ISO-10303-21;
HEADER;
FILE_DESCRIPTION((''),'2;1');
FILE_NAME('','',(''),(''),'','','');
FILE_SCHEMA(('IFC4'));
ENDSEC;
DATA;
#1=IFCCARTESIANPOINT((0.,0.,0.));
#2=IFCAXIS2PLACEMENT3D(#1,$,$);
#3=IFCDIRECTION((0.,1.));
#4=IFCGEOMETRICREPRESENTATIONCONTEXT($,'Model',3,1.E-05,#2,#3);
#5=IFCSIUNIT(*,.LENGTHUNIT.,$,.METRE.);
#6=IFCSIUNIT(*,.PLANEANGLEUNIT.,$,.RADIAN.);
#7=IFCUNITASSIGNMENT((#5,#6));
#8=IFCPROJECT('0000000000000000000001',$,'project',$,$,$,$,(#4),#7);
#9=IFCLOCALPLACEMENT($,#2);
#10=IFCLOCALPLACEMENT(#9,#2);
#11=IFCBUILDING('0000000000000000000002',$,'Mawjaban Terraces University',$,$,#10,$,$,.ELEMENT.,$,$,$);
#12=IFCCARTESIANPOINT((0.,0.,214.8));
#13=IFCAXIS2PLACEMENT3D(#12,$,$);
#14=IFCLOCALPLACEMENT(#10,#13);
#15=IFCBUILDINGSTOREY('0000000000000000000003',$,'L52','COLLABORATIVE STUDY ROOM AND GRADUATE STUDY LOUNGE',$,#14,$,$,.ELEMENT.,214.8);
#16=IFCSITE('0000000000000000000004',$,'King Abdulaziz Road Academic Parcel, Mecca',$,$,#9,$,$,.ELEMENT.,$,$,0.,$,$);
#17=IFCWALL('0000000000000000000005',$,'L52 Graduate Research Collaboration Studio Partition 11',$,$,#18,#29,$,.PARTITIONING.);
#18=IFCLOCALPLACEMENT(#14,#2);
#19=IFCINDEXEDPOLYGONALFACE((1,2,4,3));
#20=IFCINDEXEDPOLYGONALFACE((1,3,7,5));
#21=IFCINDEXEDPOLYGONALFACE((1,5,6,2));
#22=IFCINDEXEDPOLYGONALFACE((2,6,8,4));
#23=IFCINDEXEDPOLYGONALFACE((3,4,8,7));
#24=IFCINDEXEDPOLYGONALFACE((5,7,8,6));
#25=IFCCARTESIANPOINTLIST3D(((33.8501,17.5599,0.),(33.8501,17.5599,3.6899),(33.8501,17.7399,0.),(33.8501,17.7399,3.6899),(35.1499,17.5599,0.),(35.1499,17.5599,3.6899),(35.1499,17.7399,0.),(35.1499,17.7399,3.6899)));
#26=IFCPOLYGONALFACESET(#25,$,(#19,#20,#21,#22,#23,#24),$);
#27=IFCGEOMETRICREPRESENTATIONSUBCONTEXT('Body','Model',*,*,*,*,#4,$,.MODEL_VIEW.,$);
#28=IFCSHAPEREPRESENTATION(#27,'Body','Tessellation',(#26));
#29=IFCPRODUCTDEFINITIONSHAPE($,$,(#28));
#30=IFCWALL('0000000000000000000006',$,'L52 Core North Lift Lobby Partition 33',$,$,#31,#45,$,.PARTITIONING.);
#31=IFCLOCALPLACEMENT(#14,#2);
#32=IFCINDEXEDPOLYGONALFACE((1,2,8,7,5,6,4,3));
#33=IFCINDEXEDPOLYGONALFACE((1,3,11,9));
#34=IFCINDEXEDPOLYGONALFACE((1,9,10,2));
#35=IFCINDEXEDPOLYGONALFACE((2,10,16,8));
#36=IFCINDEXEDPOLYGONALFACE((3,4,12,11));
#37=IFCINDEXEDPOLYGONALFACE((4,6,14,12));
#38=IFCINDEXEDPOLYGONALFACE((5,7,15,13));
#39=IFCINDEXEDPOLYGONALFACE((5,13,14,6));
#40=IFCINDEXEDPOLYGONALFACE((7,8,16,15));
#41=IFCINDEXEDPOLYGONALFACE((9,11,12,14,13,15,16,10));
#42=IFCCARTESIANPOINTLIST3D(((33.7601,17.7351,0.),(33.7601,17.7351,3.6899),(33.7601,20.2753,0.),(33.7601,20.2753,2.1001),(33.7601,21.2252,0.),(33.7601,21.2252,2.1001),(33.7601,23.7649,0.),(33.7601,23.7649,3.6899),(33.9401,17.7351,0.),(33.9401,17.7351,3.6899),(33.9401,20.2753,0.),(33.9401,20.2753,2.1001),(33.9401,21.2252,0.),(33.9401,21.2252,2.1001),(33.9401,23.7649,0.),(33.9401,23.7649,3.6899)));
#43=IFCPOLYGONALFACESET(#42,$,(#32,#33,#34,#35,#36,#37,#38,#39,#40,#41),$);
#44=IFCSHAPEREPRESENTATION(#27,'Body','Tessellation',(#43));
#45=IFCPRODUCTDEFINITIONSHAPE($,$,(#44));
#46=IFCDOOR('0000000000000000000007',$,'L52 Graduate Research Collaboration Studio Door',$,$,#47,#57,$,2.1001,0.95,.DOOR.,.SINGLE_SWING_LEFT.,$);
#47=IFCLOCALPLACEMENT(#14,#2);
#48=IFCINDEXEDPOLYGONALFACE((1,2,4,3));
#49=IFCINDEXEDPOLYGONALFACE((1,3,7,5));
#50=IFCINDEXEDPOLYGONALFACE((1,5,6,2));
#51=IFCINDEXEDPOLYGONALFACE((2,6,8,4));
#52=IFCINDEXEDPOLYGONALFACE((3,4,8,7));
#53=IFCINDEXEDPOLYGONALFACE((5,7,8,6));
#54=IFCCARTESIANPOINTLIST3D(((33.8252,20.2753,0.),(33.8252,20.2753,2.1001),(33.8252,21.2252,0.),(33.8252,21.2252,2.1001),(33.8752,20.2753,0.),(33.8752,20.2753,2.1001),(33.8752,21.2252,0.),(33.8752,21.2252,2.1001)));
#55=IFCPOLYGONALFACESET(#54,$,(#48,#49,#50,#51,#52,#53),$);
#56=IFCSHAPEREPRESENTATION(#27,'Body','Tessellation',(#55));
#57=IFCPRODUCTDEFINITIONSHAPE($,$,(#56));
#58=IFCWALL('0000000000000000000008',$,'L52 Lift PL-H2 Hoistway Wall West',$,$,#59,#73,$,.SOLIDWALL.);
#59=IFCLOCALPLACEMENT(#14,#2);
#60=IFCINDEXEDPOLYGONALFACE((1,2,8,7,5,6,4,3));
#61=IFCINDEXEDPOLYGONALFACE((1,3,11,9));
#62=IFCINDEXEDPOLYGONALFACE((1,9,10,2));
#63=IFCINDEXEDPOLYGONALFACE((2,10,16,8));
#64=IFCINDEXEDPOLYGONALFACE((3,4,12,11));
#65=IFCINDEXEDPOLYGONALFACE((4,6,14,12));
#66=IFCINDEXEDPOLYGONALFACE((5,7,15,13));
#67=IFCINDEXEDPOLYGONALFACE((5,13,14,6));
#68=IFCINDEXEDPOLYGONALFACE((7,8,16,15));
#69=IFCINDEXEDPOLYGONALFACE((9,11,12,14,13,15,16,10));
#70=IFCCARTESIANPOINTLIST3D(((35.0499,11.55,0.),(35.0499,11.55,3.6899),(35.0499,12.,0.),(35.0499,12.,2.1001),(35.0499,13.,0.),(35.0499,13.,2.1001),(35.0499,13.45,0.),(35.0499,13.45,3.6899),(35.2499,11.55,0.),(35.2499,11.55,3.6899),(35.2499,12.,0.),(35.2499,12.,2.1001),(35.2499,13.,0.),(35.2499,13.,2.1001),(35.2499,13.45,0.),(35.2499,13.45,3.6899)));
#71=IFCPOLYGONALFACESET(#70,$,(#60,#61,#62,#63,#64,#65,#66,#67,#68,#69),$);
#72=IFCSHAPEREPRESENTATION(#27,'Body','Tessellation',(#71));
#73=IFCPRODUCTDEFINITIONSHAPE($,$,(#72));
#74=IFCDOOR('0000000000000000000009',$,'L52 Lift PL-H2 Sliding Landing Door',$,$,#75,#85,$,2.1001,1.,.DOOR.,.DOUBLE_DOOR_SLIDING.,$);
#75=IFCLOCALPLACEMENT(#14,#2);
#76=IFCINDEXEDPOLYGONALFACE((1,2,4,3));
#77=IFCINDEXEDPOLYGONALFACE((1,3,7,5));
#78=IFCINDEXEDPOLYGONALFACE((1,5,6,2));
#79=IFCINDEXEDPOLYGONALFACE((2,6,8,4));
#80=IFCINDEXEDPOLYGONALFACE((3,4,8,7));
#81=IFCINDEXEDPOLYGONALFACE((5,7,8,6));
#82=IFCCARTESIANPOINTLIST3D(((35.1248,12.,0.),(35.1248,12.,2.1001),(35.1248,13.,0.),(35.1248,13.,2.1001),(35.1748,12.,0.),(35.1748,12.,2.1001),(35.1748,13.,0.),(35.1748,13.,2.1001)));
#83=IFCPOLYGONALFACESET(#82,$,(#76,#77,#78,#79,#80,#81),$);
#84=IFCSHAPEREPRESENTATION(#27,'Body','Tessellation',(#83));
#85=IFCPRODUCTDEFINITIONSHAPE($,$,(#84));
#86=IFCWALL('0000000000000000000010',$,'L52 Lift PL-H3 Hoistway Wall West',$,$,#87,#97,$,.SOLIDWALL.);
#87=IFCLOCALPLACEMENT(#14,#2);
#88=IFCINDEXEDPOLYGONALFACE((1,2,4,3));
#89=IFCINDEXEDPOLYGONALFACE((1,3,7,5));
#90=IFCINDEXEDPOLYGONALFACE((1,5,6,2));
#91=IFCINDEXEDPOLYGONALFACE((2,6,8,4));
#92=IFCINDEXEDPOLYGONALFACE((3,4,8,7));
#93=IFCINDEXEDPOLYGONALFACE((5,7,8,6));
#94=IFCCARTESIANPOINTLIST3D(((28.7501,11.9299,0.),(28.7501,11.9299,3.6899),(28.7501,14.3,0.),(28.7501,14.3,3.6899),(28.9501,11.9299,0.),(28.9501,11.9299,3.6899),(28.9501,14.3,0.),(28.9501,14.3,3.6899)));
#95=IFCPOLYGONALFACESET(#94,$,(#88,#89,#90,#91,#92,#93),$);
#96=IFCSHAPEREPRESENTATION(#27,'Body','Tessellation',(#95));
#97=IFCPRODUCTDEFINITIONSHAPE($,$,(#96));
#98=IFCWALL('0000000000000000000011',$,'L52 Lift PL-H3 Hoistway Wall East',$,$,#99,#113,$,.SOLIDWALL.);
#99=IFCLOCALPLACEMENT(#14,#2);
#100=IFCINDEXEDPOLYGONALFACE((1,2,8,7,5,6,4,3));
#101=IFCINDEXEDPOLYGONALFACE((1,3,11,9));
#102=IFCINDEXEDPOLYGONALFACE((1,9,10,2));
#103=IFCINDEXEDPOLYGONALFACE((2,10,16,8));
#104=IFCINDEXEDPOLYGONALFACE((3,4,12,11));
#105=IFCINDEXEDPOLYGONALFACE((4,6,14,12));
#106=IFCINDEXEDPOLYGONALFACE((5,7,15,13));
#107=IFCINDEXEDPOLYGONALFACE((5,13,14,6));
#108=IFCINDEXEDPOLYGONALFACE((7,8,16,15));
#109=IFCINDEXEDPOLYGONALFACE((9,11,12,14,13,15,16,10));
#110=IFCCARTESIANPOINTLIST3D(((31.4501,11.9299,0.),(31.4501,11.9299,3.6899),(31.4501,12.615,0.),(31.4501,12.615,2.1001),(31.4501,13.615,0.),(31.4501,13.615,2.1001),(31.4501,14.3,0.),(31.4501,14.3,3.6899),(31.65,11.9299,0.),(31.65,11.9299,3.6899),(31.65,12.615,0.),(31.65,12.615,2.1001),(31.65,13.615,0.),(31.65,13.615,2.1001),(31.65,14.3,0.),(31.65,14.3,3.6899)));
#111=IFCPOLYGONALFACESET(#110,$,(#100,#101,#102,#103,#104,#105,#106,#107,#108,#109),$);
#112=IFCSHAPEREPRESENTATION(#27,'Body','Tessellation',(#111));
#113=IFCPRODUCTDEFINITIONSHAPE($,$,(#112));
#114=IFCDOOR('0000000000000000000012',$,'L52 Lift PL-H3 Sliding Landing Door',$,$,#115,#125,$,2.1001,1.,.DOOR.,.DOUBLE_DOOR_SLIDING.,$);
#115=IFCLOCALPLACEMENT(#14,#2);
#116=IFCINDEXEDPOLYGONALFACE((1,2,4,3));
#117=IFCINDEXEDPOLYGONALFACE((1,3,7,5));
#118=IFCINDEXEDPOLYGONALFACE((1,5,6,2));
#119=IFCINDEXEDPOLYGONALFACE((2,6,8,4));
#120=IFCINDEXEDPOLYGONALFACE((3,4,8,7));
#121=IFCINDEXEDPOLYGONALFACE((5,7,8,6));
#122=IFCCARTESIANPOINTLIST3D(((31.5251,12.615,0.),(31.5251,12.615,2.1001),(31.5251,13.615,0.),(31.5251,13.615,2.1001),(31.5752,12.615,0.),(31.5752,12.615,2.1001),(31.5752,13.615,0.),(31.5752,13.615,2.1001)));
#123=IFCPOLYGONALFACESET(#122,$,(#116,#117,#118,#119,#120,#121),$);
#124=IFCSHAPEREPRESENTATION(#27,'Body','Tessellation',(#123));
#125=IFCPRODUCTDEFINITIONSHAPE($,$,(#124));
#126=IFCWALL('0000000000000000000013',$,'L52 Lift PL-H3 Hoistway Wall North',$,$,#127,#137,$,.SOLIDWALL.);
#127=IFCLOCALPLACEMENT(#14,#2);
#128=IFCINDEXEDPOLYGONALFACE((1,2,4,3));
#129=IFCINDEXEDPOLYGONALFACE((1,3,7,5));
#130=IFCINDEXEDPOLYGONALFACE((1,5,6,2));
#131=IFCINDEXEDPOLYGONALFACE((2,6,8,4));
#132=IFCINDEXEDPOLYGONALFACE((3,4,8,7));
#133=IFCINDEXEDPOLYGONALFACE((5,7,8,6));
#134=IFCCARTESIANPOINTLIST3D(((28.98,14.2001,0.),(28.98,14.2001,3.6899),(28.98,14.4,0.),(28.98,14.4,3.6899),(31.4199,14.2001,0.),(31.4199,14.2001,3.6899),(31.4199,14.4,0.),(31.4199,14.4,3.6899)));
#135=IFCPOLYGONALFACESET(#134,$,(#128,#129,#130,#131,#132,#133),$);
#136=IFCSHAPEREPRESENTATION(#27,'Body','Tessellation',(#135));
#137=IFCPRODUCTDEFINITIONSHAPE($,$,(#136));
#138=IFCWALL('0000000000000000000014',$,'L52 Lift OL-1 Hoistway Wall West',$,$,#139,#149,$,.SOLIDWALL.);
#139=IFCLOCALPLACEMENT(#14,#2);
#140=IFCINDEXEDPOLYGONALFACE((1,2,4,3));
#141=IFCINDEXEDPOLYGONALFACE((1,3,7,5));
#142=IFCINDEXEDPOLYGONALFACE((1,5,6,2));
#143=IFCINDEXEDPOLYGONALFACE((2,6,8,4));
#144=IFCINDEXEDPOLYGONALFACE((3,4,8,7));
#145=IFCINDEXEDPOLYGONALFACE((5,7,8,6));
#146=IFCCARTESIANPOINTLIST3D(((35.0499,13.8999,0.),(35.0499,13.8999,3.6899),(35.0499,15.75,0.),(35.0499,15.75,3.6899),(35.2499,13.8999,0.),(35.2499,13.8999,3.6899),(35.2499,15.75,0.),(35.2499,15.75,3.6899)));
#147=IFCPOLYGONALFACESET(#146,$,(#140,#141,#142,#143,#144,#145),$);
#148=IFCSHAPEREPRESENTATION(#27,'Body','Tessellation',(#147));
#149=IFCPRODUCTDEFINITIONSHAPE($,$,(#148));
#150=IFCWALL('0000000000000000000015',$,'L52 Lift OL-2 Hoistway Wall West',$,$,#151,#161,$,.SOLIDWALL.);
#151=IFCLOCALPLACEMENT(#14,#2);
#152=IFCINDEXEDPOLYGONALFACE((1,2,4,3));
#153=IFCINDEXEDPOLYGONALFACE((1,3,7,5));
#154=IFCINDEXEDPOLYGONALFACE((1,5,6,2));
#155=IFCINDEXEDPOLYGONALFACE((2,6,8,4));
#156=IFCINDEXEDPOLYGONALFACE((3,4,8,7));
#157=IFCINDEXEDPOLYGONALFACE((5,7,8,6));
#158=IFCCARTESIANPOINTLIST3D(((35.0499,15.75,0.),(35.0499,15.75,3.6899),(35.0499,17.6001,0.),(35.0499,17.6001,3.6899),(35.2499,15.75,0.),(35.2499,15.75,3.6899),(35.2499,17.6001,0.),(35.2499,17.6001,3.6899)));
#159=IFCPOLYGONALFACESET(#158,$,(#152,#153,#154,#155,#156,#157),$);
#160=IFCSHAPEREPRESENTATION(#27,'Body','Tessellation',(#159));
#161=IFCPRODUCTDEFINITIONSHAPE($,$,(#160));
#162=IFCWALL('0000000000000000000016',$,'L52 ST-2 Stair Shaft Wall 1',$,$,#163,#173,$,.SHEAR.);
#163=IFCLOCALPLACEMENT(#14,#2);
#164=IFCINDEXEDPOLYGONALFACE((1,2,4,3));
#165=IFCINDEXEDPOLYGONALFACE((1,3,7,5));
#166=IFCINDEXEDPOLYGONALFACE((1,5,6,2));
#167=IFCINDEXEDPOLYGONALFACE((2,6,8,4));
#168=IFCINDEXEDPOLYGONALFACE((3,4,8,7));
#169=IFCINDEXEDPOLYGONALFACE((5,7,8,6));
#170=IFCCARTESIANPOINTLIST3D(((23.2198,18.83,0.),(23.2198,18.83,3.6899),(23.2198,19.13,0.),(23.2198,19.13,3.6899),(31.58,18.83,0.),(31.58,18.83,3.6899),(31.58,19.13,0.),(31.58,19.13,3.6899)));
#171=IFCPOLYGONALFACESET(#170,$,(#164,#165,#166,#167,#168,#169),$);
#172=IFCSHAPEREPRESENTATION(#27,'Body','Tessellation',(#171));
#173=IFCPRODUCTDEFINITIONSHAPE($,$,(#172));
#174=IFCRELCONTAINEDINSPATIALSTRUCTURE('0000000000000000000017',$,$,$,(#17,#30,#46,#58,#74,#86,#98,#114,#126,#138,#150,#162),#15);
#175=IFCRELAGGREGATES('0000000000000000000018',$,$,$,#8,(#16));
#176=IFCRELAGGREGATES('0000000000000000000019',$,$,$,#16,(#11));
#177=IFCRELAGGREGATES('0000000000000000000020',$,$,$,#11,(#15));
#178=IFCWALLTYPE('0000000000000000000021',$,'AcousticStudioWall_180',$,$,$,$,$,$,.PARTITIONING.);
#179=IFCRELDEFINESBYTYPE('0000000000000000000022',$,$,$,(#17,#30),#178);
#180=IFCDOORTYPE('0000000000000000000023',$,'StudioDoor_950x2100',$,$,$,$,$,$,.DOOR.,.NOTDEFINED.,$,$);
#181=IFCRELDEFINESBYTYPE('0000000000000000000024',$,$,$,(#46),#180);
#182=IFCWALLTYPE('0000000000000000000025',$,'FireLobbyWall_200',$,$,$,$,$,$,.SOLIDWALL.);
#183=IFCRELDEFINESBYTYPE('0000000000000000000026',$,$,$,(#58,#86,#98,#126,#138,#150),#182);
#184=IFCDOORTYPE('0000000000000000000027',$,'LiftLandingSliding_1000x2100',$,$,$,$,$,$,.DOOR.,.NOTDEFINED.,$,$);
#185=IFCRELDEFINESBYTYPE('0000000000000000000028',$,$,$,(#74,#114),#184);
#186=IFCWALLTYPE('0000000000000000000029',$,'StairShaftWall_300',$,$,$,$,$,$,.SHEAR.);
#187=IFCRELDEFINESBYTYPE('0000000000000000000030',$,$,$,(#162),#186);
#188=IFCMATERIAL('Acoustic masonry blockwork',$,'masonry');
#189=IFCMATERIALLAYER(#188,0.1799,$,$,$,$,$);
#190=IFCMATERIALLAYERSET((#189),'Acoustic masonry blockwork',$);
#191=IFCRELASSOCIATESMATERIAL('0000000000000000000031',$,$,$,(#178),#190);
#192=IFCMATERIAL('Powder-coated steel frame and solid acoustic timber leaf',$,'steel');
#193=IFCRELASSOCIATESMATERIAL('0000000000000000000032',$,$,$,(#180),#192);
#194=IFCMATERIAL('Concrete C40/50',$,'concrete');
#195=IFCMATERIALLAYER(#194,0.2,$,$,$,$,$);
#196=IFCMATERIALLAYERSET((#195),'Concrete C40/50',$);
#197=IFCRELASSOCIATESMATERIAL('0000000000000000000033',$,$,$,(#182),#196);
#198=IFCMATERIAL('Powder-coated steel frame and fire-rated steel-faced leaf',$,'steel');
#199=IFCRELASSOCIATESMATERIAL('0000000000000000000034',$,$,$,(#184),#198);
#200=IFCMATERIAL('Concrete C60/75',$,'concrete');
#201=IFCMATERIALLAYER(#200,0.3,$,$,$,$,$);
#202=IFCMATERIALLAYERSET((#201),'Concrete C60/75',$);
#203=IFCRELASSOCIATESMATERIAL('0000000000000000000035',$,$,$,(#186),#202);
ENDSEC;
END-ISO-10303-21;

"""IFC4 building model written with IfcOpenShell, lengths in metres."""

from ifc_helpers import new_model, si_unit, direction, frame, frame_2d, origin, place, context, subcontext, project, spatial, rectangle, extrude, material, layer, layer_set, type_object, element, fill, save


model = new_model("IFC4")

# Units and contexts
model_context = context("Model", 3, precision=1e-05, world=origin(), true_north=direction((0.0, 1.0)))
body_context = subcontext(model_context, "Body", "Model", "MODEL_VIEW")
ifc_project = project(units=[si_unit("LENGTHUNIT", "METRE"), si_unit("PLANEANGLEUNIT", "RADIAN")], contexts=[model_context])

# Site, building, storey
site_placement = place(None, origin())
site = spatial("IfcSite", under=ifc_project, at=site_placement, Name="King Abdulaziz Road Academic Parcel, Mecca", CompositionType="ELEMENT", RefElevation=0.0)
building_placement = place(site_placement, origin())
building = spatial("IfcBuilding", under=site, at=building_placement, Name="Mawjaban Terraces University", CompositionType="ELEMENT")
storey_placement = place(building_placement, frame((0.0, 0.0, 214.8)))
storey = spatial("IfcBuildingStorey", under=building, at=storey_placement, Name="L52", Description="COLLABORATIVE STUDY ROOM AND GRADUATE STUDY LOUNGE", CompositionType="ELEMENT", Elevation=214.8)

# Wall
ifc_material_1 = material(Name="Acoustic masonry blockwork", Category="masonry")
ifc_layer_1 = layer(ifc_material_1, 0.1799)
ifc_layer_set_1 = layer_set([ifc_layer_1], Name="Acoustic masonry blockwork")
wall_type_1 = type_object("IfcWallType", Name="AcousticStudioWall_180", PredefinedType="PARTITIONING", material=ifc_layer_set_1)
wall_1_placement = place(storey_placement, frame((33.8501, 17.6499, 0.0), z_axis=(0.0, 0.0, 1.0), x_axis=(1.0, 0.0, 0.0)))
element("IfcWall", 1, at=wall_1_placement, inside=storey, type_object=wall_type_1, Name="L52 Graduate Research Collaboration Studio Partition 11", PredefinedType="PARTITIONING", context=body_context, shape_type="SweptSolid", body=[
    extrude(rectangle(XDim=1.2998, YDim=0.1799, at=frame_2d((0.6499, 0.0))), origin(), (0.0, 0.0, 1.0), 3.6899),
])

# Walls, openings, doors
wall_2_placement = place(storey_placement, frame((33.8501, 17.7351, 0.0), z_axis=(0.0, 0.0, 1.0), x_axis=(0.0, 1.0, 0.0)))
wall_2 = element("IfcWall", 2, at=wall_2_placement, inside=storey, type_object=wall_type_1, Name="L52 Core North Lift Lobby Partition 33", PredefinedType="PARTITIONING", context=body_context, shape_type="SweptSolid", body=[
    extrude(rectangle(XDim=6.0298, YDim=0.1799, at=frame_2d((3.0149, 0.0))), origin(), (0.0, 0.0, 1.0), 3.6899),
])
opening_1_placement = place(wall_2_placement, frame((2.54, 0.0, 0.0)))
opening_1 = element("IfcOpeningElement", 3, at=opening_1_placement, cuts=wall_2, PredefinedType="OPENING", context=body_context, shape_type="SweptSolid", body=[
    extrude(rectangle(XDim=0.95, YDim=2.1001, at=frame_2d((0.4751, 1.05))), frame((0.0, 0.0999, 0.0), z_axis=(0.0, -1.0, 0.0), x_axis=(1.0, 0.0, 0.0)), (0.0, 0.0, 1.0), 0.2),
])
ifc_material_2 = material(Name="Powder-coated steel frame and solid acoustic timber leaf", Category="steel")
door_type_1 = type_object("IfcDoorType", Name="StudioDoor_950x2100", OperationType="NOTDEFINED", PredefinedType="DOOR", material=ifc_material_2)
door_1_placement = place(opening_1_placement, origin())
door_1 = element("IfcDoor", 4, at=door_1_placement, inside=storey, type_object=door_type_1, Name="L52 Graduate Research Collaboration Studio Door", OperationType="SINGLE_SWING_LEFT", OverallHeight=2.1001, OverallWidth=0.95, PredefinedType="DOOR", context=body_context, shape_type="SweptSolid", body=[
    extrude(rectangle(XDim=0.95, YDim=2.1001, at=frame_2d((0.4751, 1.05))), frame((0.0, 0.0249, 0.0), z_axis=(0.0, -1.0, 0.0), x_axis=(1.0, 0.0, 0.0)), (0.0, 0.0, 1.0), 0.05),
])
fill(opening_1, door_1)
ifc_material_3 = material(Name="Concrete C40/50", Category="concrete")
ifc_layer_2 = layer(ifc_material_3, 0.2)
ifc_layer_set_2 = layer_set([ifc_layer_2], Name="Concrete C40/50")
wall_type_2 = type_object("IfcWallType", Name="FireLobbyWall_200", PredefinedType="SOLIDWALL", material=ifc_layer_set_2)
wall_3_placement = place(storey_placement, frame((35.1499, 13.45, 0.0), z_axis=(0.0, 0.0, 1.0), x_axis=(0.0, -1.0, 0.0)))
wall_3 = element("IfcWall", 5, at=wall_3_placement, inside=storey, type_object=wall_type_2, Name="L52 Lift PL-H2 Hoistway Wall West", PredefinedType="SOLIDWALL", context=body_context, shape_type="SweptSolid", body=[
    extrude(rectangle(XDim=1.8999, YDim=0.2, at=frame_2d((0.95, 0.0))), origin(), (0.0, 0.0, 1.0), 3.6899),
])
opening_2_placement = place(wall_3_placement, frame((0.45, 0.0, 0.0)))
opening_2 = element("IfcOpeningElement", 6, at=opening_2_placement, cuts=wall_3, PredefinedType="OPENING", context=body_context, shape_type="SweptSolid", body=[
    extrude(rectangle(XDim=1.0, YDim=2.1001, at=frame_2d((0.5, 1.05))), frame((0.0, 0.1099, 0.0), z_axis=(0.0, -1.0, 0.0), x_axis=(1.0, 0.0, 0.0)), (0.0, 0.0, 1.0), 0.22),
])
ifc_material_4 = material(Name="Powder-coated steel frame and fire-rated steel-faced leaf", Category="steel")
door_type_2 = type_object("IfcDoorType", Name="LiftLandingSliding_1000x2100", OperationType="NOTDEFINED", PredefinedType="DOOR", material=ifc_material_4)
door_2_placement = place(opening_2_placement, origin())
door_2 = element("IfcDoor", 7, at=door_2_placement, inside=storey, type_object=door_type_2, Name="L52 Lift PL-H2 Sliding Landing Door", OperationType="DOUBLE_DOOR_SLIDING", OverallHeight=2.1001, OverallWidth=1.0, PredefinedType="DOOR", context=body_context, shape_type="SweptSolid", body=[
    extrude(rectangle(XDim=1.0, YDim=2.1001, at=frame_2d((0.5, 1.05))), frame((0.0, 0.0249, 0.0), z_axis=(0.0, -1.0, 0.0), x_axis=(1.0, 0.0, 0.0)), (0.0, 0.0, 1.0), 0.05),
])
fill(opening_2, door_2)

# Wall
wall_4_placement = place(storey_placement, frame((28.8501, 14.3, 0.0), z_axis=(0.0, 0.0, 1.0), x_axis=(0.0, -1.0, 0.0)))
element("IfcWall", 8, at=wall_4_placement, inside=storey, type_object=wall_type_2, Name="L52 Lift PL-H3 Hoistway Wall West", PredefinedType="SOLIDWALL", context=body_context, shape_type="SweptSolid", body=[
    extrude(rectangle(XDim=2.3701, YDim=0.2, at=frame_2d((1.1851, 0.0))), origin(), (0.0, 0.0, 1.0), 3.6899),
])

# Wall, opening, door
wall_5_placement = place(storey_placement, frame((31.55, 11.9299, 0.0), z_axis=(0.0, 0.0, 1.0), x_axis=(0.0, 1.0, 0.0)))
wall_5 = element("IfcWall", 9, at=wall_5_placement, inside=storey, type_object=wall_type_2, Name="L52 Lift PL-H3 Hoistway Wall East", PredefinedType="SOLIDWALL", context=body_context, shape_type="SweptSolid", body=[
    extrude(rectangle(XDim=2.3701, YDim=0.2, at=frame_2d((1.1851, 0.0))), origin(), (0.0, 0.0, 1.0), 3.6899),
])
opening_3_placement = place(wall_5_placement, frame((0.6851, 0.0, 0.0)))
opening_3 = element("IfcOpeningElement", 10, at=opening_3_placement, cuts=wall_5, PredefinedType="OPENING", context=body_context, shape_type="SweptSolid", body=[
    extrude(rectangle(XDim=1.0, YDim=2.1001, at=frame_2d((0.5, 1.05))), frame((0.0, 0.1099, 0.0), z_axis=(0.0, -1.0, 0.0), x_axis=(1.0, 0.0, 0.0)), (0.0, 0.0, 1.0), 0.22),
])
door_3_placement = place(opening_3_placement, origin())
door_3 = element("IfcDoor", 11, at=door_3_placement, inside=storey, type_object=door_type_2, Name="L52 Lift PL-H3 Sliding Landing Door", OperationType="DOUBLE_DOOR_SLIDING", OverallHeight=2.1001, OverallWidth=1.0, PredefinedType="DOOR", context=body_context, shape_type="SweptSolid", body=[
    extrude(rectangle(XDim=1.0, YDim=2.1001, at=frame_2d((0.5, 1.05))), frame((0.0, 0.0249, 0.0), z_axis=(0.0, -1.0, 0.0), x_axis=(1.0, 0.0, 0.0)), (0.0, 0.0, 1.0), 0.05),
])
fill(opening_3, door_3)

# Walls
wall_6_placement = place(storey_placement, frame((31.4199, 14.3, 0.0), z_axis=(0.0, 0.0, 1.0), x_axis=(-1.0, 0.0, 0.0)))
element("IfcWall", 12, at=wall_6_placement, inside=storey, type_object=wall_type_2, Name="L52 Lift PL-H3 Hoistway Wall North", PredefinedType="SOLIDWALL", context=body_context, shape_type="SweptSolid", body=[
    extrude(rectangle(XDim=2.4399, YDim=0.2, at=frame_2d((1.22, 0.0))), origin(), (0.0, 0.0, 1.0), 3.6899),
])
for number, where, z_axis, x_axis, name in (
    (13, (35.1499, 15.75, 0.0), (0.0, 0.0, 1.0), (0.0, -1.0, 0.0), "L52 Lift OL-1 Hoistway Wall West"),
    (14, (35.1499, 17.6001, 0.0), (0.0, 0.0, 1.0), (0.0, -1.0, 0.0), "L52 Lift OL-2 Hoistway Wall West"),
):
    element("IfcWall", number, at=place(storey_placement, frame(where, z_axis=z_axis, x_axis=x_axis)), inside=storey, type_object=wall_type_2, Name=name, PredefinedType="SOLIDWALL", context=body_context, shape_type="SweptSolid", body=[
        extrude(rectangle(XDim=1.8501, YDim=0.2, at=frame_2d((0.925, 0.0))), origin(), (0.0, 0.0, 1.0), 3.6899),
    ])
ifc_material_5 = material(Name="Concrete C60/75", Category="concrete")
ifc_layer_3 = layer(ifc_material_5, 0.3)
ifc_layer_set_3 = layer_set([ifc_layer_3], Name="Concrete C60/75")
wall_type_3 = type_object("IfcWallType", Name="StairShaftWall_300", PredefinedType="SHEAR", material=ifc_layer_set_3)
wall_7_placement = place(storey_placement, frame((31.5801, 18.98, 0.0), z_axis=(0.0, 0.0, 1.0), x_axis=(-1.0, 0.0, 0.0)))
element("IfcWall", 15, at=wall_7_placement, inside=storey, type_object=wall_type_3, Name="L52 ST-2 Stair Shaft Wall 1", PredefinedType="SHEAR", context=body_context, shape_type="SweptSolid", body=[
    extrude(rectangle(XDim=8.3601, YDim=0.3, at=frame_2d((4.1802, 0.0))), origin(), (0.0, 0.0, 1.0), 3.6899),
])

save(model, "model.ifc")
